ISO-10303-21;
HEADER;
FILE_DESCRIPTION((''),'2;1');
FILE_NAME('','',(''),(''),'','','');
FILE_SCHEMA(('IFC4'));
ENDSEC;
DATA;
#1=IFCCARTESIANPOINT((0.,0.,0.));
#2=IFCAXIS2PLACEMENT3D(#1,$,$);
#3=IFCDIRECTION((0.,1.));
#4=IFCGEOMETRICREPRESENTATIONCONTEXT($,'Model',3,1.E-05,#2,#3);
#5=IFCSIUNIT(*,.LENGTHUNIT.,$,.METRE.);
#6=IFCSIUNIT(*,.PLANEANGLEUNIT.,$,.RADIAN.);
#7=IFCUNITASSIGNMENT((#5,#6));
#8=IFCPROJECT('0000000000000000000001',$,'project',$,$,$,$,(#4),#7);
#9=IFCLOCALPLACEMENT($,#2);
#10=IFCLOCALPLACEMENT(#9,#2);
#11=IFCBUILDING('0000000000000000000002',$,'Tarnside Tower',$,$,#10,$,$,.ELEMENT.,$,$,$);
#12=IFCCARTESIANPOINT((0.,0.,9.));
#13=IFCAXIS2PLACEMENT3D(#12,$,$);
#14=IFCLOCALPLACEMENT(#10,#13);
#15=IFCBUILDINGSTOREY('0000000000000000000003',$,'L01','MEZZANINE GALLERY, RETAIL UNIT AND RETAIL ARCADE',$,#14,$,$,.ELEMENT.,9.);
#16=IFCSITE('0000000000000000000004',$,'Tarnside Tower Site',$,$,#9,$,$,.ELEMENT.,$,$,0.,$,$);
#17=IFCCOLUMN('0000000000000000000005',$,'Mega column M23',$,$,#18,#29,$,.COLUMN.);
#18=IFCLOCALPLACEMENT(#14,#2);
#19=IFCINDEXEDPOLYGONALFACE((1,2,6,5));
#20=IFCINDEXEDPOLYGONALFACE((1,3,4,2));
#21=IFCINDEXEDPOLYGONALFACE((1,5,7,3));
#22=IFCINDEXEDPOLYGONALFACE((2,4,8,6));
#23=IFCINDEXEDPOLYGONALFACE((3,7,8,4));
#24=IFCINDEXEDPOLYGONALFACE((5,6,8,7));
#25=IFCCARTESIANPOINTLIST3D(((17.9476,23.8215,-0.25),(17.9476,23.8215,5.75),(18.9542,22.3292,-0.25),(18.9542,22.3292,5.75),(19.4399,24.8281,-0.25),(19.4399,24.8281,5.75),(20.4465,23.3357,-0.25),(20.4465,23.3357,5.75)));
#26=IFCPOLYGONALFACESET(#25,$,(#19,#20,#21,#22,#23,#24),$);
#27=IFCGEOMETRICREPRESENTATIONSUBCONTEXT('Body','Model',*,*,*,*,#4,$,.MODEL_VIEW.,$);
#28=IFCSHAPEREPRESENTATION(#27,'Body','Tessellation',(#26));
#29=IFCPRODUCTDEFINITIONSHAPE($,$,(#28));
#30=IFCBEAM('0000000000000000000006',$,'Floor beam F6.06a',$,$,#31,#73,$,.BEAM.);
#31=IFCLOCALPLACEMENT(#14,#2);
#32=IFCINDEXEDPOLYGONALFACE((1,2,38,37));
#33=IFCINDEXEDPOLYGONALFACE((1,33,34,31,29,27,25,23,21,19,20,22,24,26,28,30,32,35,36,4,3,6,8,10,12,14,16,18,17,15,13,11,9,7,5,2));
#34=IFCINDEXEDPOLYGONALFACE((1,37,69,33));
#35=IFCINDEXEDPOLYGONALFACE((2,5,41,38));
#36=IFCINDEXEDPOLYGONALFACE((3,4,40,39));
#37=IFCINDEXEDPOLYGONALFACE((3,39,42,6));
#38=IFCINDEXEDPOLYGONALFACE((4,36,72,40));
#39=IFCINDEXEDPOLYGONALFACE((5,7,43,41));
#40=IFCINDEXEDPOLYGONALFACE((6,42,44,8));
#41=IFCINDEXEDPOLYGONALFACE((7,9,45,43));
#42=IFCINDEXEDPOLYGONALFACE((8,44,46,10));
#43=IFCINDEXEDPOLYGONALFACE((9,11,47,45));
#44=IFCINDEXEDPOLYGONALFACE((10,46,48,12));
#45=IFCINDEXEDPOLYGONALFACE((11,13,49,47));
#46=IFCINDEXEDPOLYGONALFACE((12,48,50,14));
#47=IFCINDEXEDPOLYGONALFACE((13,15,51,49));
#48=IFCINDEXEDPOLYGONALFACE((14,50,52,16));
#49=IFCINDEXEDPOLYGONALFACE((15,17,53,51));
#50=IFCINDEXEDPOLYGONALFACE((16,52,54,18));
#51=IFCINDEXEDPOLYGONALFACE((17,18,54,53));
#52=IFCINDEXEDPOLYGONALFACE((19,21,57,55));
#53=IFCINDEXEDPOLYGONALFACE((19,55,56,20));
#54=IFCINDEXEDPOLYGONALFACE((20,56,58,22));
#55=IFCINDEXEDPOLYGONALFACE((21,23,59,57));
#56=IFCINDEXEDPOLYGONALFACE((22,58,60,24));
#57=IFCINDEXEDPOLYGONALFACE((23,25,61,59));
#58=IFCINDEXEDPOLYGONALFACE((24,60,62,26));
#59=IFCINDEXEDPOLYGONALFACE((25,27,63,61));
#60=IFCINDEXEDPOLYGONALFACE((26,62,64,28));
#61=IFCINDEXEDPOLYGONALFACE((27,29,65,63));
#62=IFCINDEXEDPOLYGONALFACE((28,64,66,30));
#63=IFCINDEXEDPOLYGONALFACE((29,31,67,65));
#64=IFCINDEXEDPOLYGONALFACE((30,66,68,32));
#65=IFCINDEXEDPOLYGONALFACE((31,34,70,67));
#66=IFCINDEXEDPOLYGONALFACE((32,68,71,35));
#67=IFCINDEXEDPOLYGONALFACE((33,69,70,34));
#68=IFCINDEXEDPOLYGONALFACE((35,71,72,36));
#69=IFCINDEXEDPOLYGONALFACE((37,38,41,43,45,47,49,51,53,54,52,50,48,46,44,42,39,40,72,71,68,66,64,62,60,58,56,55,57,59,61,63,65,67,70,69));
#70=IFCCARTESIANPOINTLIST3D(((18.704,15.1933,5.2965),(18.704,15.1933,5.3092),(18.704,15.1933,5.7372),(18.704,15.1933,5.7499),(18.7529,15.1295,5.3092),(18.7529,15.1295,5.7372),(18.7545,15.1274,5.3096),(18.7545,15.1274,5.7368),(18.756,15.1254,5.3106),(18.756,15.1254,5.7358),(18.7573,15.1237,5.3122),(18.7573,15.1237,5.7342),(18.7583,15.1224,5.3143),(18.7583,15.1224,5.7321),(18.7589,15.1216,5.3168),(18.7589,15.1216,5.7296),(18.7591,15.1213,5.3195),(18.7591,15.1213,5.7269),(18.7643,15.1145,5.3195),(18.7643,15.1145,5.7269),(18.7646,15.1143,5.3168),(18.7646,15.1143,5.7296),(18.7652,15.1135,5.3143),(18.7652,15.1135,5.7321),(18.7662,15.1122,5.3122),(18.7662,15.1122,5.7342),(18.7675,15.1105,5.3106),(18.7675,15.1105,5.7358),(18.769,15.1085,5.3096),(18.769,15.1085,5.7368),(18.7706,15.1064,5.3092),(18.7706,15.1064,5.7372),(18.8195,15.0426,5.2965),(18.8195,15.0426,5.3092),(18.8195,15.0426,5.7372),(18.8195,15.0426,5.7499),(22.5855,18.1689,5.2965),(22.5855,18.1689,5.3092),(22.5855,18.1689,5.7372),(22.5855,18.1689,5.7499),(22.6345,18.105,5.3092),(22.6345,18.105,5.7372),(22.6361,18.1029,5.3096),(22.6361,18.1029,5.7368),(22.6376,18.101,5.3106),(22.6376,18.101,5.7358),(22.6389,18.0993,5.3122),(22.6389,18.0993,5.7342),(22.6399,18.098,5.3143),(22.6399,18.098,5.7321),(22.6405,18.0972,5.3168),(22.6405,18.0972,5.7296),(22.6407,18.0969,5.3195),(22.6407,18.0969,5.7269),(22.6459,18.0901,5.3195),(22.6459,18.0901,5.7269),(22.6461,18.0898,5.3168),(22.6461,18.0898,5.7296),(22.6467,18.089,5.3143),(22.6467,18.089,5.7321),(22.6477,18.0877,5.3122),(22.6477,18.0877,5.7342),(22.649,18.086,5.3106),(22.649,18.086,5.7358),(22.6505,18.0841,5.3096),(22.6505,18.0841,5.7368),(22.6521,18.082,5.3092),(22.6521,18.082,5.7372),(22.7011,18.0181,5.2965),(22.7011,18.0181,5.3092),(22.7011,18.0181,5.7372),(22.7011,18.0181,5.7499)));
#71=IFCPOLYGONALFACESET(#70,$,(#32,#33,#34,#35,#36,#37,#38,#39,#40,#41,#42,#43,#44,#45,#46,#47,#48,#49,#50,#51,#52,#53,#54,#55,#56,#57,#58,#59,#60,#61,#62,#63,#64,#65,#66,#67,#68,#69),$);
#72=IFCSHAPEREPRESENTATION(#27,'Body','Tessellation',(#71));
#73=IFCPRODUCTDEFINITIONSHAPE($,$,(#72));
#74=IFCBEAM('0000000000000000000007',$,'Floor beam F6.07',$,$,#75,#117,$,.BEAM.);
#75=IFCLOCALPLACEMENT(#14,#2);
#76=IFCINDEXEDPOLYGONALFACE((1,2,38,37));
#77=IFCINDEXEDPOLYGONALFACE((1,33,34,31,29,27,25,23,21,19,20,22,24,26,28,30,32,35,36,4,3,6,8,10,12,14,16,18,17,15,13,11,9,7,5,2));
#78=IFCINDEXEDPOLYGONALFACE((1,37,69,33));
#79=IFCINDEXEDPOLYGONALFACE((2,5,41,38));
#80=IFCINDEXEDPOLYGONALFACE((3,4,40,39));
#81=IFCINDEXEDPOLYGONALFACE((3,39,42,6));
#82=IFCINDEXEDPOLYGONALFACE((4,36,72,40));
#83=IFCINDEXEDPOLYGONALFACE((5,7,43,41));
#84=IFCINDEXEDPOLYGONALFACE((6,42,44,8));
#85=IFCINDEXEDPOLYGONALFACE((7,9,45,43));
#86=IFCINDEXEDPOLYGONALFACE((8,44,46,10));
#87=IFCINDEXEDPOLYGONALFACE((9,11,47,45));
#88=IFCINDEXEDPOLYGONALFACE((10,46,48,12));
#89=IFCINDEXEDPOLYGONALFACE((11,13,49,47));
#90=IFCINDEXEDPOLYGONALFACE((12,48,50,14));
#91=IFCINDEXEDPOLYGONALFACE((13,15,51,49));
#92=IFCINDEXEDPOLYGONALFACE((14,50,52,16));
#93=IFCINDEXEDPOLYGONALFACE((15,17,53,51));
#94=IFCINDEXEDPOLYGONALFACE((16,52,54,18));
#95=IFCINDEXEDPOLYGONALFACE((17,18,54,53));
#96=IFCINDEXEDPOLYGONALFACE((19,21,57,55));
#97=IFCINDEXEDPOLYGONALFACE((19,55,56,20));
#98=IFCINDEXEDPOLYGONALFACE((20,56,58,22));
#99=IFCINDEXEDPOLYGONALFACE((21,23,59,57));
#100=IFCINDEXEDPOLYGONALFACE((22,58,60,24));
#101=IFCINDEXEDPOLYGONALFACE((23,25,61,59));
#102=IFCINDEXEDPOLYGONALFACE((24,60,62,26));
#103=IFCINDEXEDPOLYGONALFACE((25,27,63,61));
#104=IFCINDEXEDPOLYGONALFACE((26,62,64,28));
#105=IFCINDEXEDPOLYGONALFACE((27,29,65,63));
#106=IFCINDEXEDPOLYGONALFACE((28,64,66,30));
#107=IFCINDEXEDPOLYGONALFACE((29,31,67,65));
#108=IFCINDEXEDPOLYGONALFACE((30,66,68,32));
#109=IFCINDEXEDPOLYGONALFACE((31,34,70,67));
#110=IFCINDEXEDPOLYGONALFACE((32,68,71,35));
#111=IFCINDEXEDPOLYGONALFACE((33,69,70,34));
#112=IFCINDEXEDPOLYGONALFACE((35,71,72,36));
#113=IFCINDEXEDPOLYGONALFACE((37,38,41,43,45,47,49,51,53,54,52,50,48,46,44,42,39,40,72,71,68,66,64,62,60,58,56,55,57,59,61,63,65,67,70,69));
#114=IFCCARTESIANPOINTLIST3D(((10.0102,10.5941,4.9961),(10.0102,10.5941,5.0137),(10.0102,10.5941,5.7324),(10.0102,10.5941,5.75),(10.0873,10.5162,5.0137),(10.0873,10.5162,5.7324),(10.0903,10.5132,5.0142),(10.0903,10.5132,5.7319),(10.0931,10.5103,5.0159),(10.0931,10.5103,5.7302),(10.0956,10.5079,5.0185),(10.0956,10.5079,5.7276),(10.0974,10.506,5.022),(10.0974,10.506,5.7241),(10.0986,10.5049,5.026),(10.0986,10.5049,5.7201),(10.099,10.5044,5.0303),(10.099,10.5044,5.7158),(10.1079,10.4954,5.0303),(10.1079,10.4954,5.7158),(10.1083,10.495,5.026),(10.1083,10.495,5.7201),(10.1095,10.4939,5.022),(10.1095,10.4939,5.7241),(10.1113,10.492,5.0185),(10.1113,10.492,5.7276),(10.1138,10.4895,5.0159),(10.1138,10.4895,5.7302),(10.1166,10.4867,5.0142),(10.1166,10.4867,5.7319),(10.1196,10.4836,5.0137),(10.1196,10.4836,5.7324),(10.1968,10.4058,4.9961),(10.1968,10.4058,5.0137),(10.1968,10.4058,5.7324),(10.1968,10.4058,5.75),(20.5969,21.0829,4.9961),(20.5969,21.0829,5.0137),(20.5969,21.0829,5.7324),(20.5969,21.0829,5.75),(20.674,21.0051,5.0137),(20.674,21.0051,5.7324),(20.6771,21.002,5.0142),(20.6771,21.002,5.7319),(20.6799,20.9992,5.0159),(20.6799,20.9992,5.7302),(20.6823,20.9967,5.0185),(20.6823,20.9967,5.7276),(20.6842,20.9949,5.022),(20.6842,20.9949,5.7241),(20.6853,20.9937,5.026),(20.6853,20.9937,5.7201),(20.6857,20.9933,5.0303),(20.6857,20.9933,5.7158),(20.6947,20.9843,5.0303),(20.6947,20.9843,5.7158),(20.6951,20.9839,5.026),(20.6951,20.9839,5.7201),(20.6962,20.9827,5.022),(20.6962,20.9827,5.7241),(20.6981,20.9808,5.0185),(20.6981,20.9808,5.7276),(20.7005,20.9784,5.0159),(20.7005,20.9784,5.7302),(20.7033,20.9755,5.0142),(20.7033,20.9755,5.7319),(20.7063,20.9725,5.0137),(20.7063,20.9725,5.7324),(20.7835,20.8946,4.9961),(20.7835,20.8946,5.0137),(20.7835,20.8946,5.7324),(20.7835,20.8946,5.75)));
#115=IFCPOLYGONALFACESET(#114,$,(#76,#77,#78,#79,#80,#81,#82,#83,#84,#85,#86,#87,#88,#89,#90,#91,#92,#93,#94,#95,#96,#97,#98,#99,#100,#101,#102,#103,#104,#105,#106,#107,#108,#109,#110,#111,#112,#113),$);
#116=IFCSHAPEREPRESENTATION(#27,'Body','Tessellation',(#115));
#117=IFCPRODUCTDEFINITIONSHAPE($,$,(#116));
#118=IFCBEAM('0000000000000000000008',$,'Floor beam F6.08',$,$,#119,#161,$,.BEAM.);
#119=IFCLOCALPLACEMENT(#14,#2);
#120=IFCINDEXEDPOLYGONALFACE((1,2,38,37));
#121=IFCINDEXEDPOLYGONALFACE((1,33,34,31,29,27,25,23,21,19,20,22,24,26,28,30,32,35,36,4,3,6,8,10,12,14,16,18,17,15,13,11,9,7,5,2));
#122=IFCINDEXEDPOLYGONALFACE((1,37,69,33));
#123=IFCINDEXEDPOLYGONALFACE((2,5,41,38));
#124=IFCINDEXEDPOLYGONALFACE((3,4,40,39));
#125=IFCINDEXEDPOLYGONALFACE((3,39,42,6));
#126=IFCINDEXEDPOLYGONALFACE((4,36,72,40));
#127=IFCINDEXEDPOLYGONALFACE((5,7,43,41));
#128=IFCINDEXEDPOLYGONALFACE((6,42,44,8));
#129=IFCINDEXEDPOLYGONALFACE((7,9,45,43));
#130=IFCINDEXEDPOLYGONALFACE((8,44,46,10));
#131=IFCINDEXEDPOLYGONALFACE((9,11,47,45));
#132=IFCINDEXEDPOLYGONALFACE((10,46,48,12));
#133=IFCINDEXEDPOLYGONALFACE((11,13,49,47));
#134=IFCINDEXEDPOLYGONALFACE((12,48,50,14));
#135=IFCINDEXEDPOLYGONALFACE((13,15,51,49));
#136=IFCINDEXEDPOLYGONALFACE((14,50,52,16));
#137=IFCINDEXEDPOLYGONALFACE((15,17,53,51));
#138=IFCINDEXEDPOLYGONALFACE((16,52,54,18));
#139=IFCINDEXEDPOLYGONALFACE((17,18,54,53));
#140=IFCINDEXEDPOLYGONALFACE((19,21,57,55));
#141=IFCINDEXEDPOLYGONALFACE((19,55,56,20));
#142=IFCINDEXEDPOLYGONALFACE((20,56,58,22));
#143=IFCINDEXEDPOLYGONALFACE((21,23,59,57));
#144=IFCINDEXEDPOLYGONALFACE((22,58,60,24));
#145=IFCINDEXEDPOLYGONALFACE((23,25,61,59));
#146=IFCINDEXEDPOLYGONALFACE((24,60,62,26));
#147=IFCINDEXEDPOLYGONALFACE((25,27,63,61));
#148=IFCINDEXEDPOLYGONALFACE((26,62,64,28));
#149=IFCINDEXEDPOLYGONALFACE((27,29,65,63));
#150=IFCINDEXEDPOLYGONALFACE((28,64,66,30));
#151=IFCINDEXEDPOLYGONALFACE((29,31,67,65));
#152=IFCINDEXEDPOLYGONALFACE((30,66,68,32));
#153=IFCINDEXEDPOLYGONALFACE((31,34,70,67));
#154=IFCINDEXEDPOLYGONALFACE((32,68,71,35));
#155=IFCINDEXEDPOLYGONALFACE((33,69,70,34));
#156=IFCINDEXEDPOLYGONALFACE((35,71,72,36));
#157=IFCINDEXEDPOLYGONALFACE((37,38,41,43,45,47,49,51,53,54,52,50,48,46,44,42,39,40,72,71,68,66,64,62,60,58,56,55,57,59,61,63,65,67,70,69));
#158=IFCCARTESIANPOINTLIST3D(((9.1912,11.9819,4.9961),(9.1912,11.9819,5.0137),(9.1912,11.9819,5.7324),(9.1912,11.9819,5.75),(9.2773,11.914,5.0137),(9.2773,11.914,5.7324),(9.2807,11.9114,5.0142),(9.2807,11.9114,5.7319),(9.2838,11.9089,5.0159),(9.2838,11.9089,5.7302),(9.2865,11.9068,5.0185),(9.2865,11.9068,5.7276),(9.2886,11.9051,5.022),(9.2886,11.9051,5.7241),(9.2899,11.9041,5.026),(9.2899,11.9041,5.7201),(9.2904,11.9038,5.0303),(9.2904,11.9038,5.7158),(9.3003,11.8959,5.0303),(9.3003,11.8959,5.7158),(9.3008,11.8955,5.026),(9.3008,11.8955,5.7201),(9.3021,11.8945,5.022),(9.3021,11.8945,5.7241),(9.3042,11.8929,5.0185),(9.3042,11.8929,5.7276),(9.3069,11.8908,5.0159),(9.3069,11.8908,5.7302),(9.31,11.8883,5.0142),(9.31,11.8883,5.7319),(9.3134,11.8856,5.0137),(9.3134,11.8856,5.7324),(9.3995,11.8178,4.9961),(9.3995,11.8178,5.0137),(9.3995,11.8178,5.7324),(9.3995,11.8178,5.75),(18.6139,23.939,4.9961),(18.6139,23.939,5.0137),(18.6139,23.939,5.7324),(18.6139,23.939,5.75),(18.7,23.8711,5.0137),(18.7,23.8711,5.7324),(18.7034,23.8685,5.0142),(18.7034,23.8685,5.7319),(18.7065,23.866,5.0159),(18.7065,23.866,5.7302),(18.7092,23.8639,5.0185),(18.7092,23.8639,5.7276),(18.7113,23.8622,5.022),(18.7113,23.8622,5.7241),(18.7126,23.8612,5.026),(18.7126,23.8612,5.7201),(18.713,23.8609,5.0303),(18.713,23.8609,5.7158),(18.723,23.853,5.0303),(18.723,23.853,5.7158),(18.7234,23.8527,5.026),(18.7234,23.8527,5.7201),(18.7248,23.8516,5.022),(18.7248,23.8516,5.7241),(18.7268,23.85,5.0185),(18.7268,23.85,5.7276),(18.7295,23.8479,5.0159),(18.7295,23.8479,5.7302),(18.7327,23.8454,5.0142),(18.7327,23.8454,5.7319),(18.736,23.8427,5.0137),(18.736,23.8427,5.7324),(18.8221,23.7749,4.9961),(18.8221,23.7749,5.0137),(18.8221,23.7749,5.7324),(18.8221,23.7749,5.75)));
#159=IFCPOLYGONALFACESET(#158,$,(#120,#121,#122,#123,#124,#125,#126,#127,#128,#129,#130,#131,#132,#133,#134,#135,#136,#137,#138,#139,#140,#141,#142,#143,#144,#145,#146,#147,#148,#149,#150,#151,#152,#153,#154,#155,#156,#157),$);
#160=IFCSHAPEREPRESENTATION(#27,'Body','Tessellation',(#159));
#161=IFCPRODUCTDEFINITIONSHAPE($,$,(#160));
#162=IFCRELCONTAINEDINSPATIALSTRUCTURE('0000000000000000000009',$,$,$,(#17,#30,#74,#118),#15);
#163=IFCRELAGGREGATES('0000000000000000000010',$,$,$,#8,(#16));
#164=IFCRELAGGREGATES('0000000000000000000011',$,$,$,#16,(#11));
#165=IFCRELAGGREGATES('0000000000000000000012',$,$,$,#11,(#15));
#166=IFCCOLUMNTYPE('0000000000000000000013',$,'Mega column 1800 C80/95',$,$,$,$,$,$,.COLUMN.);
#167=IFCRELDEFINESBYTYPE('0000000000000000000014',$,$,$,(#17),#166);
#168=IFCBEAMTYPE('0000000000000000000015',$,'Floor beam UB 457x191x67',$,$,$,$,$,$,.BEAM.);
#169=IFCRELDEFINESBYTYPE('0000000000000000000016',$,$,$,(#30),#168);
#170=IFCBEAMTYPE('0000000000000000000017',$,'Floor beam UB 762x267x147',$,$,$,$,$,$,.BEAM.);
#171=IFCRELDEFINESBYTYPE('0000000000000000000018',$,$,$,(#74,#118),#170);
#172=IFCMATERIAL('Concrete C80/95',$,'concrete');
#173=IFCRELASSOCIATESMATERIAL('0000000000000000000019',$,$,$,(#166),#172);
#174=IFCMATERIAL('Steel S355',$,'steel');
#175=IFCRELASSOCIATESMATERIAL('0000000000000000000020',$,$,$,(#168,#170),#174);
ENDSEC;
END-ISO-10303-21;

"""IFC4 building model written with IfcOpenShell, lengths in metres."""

from ifc_helpers import new_model, si_unit, direction, frame, origin, origin_2d, place, context, subcontext, project, spatial, rectangle, i_section, extrude, material, material_profile, profile_set, type_object, element, save


model = new_model("IFC4")

# Units and contexts
model_context = context("Model", 3, precision=1e-05, world=origin(), true_north=direction((0.0, 1.0)))
body_context = subcontext(model_context, "Body", "Model", "MODEL_VIEW")
ifc_project = project(units=[si_unit("LENGTHUNIT", "METRE"), si_unit("PLANEANGLEUNIT", "RADIAN")], contexts=[model_context])

# Site, building, storey
site_placement = place(None, origin())
site = spatial("IfcSite", under=ifc_project, at=site_placement, Name="Tarnside Tower Site", CompositionType="ELEMENT", RefElevation=0.0)
building_placement = place(site_placement, origin())
building = spatial("IfcBuilding", under=site, at=building_placement, Name="Tarnside Tower", CompositionType="ELEMENT")
storey_placement = place(building_placement, frame((0.0, 0.0, 9.0)))
storey = spatial("IfcBuildingStorey", under=building, at=storey_placement, Name="L01", Description="MEZZANINE GALLERY, RETAIL UNIT AND RETAIL ARCADE", CompositionType="ELEMENT", Elevation=9.0)

# Column
ifc_material_1 = material(Name="Concrete C80/95", Category="concrete")
ifc_material_profile_1 = material_profile(ifc_material_1, rectangle(XDim=1.8, YDim=1.8, at=origin_2d()), Name="Mega column 1800x1800")
ifc_profile_set_1 = profile_set([ifc_material_profile_1], Name="Concrete C80/95")
column_type = type_object("IfcColumnType", Name="Mega column 1800 C80/95", PredefinedType="COLUMN", material=ifc_profile_set_1)
column_placement = place(storey_placement, frame((19.197, 23.5786, -0.25), z_axis=(0.0, 0.0, 1.0), x_axis=(0.559193, -0.829038, 0.0)))
element("IfcColumn", 1, at=column_placement, inside=storey, type_object=column_type, Name="Mega column M23", PredefinedType="COLUMN", context=body_context, shape_type="SweptSolid", body=[
    extrude(rectangle(XDim=1.8, YDim=1.8, at=origin_2d()), origin(), (0.0, 0.0, 1.0), 6.0),
])

# Beams
ifc_material_2 = material(Name="Steel S355", Category="steel")
ifc_material_profile_2 = material_profile(ifc_material_2, i_section(OverallWidth=0.1899, OverallDepth=0.4534, WebThickness=0.0085, FlangeThickness=0.0127, FilletRadius=0.0103, at=origin_2d()), Name="UB 457x191x67")
ifc_profile_set_2 = profile_set([ifc_material_profile_2], Name="Steel S355")
beam_type_1 = type_object("IfcBeamType", Name="Floor beam UB 457x191x67", PredefinedType="BEAM", material=ifc_profile_set_2)
beam_1_placement = place(storey_placement, frame((22.6433, 18.0935, 5.5232), z_axis=(-0.793636, -0.608393, 0.0), x_axis=(0.608393, -0.793636, 0.0)))
element("IfcBeam", 2, at=beam_1_placement, inside=storey, type_object=beam_type_1, Name="Floor beam F6.06a", PredefinedType="BEAM", context=body_context, shape_type="SweptSolid", body=[
    extrude(i_section(OverallWidth=0.1899, OverallDepth=0.4534, WebThickness=0.0085, FlangeThickness=0.0127, FilletRadius=0.0103, at=origin_2d()), origin(), (0.0, 0.0, 1.0), 4.8909),
])
ifc_material_profile_3 = material_profile(ifc_material_2, i_section(OverallWidth=0.2651, OverallDepth=0.7539, WebThickness=0.0127, FlangeThickness=0.0176, FilletRadius=0.0166, at=origin_2d()), Name="UB 762x267x147")
ifc_profile_set_3 = profile_set([ifc_material_profile_3], Name="Steel S355")
beam_type_2 = type_object("IfcBeamType", Name="Floor beam UB 762x267x147", PredefinedType="BEAM", material=ifc_profile_set_3)
beam_2_placement = place(storey_placement, frame((20.6902, 20.9888, 5.373), z_axis=(-0.710384, -0.703815, 0.0), x_axis=(0.703815, -0.710384, 0.0)))
element("IfcBeam", 3, at=beam_2_placement, inside=storey, type_object=beam_type_2, Name="Floor beam F6.07", PredefinedType="BEAM", context=body_context, shape_type="SweptSolid", body=[
    extrude(i_section(OverallWidth=0.2651, OverallDepth=0.7539, WebThickness=0.0127, FlangeThickness=0.0176, FilletRadius=0.0166, at=origin_2d()), origin(), (0.0, 0.0, 1.0), 14.9028),
])
beam_3_placement = place(storey_placement, frame((18.718, 23.8569, 5.373), z_axis=(-0.61895, -0.78543, 0.0), x_axis=(0.78543, -0.61895, 0.0)))
element("IfcBeam", 4, at=beam_3_placement, inside=storey, type_object=beam_type_2, Name="Floor beam F6.08", PredefinedType="BEAM", context=body_context, shape_type="SweptSolid", body=[
    extrude(i_section(OverallWidth=0.2651, OverallDepth=0.7539, WebThickness=0.0127, FlangeThickness=0.0176, FilletRadius=0.0166, at=origin_2d()), origin(), (0.0, 0.0, 1.0), 15.2236),
])

save(model, "model.ifc")
